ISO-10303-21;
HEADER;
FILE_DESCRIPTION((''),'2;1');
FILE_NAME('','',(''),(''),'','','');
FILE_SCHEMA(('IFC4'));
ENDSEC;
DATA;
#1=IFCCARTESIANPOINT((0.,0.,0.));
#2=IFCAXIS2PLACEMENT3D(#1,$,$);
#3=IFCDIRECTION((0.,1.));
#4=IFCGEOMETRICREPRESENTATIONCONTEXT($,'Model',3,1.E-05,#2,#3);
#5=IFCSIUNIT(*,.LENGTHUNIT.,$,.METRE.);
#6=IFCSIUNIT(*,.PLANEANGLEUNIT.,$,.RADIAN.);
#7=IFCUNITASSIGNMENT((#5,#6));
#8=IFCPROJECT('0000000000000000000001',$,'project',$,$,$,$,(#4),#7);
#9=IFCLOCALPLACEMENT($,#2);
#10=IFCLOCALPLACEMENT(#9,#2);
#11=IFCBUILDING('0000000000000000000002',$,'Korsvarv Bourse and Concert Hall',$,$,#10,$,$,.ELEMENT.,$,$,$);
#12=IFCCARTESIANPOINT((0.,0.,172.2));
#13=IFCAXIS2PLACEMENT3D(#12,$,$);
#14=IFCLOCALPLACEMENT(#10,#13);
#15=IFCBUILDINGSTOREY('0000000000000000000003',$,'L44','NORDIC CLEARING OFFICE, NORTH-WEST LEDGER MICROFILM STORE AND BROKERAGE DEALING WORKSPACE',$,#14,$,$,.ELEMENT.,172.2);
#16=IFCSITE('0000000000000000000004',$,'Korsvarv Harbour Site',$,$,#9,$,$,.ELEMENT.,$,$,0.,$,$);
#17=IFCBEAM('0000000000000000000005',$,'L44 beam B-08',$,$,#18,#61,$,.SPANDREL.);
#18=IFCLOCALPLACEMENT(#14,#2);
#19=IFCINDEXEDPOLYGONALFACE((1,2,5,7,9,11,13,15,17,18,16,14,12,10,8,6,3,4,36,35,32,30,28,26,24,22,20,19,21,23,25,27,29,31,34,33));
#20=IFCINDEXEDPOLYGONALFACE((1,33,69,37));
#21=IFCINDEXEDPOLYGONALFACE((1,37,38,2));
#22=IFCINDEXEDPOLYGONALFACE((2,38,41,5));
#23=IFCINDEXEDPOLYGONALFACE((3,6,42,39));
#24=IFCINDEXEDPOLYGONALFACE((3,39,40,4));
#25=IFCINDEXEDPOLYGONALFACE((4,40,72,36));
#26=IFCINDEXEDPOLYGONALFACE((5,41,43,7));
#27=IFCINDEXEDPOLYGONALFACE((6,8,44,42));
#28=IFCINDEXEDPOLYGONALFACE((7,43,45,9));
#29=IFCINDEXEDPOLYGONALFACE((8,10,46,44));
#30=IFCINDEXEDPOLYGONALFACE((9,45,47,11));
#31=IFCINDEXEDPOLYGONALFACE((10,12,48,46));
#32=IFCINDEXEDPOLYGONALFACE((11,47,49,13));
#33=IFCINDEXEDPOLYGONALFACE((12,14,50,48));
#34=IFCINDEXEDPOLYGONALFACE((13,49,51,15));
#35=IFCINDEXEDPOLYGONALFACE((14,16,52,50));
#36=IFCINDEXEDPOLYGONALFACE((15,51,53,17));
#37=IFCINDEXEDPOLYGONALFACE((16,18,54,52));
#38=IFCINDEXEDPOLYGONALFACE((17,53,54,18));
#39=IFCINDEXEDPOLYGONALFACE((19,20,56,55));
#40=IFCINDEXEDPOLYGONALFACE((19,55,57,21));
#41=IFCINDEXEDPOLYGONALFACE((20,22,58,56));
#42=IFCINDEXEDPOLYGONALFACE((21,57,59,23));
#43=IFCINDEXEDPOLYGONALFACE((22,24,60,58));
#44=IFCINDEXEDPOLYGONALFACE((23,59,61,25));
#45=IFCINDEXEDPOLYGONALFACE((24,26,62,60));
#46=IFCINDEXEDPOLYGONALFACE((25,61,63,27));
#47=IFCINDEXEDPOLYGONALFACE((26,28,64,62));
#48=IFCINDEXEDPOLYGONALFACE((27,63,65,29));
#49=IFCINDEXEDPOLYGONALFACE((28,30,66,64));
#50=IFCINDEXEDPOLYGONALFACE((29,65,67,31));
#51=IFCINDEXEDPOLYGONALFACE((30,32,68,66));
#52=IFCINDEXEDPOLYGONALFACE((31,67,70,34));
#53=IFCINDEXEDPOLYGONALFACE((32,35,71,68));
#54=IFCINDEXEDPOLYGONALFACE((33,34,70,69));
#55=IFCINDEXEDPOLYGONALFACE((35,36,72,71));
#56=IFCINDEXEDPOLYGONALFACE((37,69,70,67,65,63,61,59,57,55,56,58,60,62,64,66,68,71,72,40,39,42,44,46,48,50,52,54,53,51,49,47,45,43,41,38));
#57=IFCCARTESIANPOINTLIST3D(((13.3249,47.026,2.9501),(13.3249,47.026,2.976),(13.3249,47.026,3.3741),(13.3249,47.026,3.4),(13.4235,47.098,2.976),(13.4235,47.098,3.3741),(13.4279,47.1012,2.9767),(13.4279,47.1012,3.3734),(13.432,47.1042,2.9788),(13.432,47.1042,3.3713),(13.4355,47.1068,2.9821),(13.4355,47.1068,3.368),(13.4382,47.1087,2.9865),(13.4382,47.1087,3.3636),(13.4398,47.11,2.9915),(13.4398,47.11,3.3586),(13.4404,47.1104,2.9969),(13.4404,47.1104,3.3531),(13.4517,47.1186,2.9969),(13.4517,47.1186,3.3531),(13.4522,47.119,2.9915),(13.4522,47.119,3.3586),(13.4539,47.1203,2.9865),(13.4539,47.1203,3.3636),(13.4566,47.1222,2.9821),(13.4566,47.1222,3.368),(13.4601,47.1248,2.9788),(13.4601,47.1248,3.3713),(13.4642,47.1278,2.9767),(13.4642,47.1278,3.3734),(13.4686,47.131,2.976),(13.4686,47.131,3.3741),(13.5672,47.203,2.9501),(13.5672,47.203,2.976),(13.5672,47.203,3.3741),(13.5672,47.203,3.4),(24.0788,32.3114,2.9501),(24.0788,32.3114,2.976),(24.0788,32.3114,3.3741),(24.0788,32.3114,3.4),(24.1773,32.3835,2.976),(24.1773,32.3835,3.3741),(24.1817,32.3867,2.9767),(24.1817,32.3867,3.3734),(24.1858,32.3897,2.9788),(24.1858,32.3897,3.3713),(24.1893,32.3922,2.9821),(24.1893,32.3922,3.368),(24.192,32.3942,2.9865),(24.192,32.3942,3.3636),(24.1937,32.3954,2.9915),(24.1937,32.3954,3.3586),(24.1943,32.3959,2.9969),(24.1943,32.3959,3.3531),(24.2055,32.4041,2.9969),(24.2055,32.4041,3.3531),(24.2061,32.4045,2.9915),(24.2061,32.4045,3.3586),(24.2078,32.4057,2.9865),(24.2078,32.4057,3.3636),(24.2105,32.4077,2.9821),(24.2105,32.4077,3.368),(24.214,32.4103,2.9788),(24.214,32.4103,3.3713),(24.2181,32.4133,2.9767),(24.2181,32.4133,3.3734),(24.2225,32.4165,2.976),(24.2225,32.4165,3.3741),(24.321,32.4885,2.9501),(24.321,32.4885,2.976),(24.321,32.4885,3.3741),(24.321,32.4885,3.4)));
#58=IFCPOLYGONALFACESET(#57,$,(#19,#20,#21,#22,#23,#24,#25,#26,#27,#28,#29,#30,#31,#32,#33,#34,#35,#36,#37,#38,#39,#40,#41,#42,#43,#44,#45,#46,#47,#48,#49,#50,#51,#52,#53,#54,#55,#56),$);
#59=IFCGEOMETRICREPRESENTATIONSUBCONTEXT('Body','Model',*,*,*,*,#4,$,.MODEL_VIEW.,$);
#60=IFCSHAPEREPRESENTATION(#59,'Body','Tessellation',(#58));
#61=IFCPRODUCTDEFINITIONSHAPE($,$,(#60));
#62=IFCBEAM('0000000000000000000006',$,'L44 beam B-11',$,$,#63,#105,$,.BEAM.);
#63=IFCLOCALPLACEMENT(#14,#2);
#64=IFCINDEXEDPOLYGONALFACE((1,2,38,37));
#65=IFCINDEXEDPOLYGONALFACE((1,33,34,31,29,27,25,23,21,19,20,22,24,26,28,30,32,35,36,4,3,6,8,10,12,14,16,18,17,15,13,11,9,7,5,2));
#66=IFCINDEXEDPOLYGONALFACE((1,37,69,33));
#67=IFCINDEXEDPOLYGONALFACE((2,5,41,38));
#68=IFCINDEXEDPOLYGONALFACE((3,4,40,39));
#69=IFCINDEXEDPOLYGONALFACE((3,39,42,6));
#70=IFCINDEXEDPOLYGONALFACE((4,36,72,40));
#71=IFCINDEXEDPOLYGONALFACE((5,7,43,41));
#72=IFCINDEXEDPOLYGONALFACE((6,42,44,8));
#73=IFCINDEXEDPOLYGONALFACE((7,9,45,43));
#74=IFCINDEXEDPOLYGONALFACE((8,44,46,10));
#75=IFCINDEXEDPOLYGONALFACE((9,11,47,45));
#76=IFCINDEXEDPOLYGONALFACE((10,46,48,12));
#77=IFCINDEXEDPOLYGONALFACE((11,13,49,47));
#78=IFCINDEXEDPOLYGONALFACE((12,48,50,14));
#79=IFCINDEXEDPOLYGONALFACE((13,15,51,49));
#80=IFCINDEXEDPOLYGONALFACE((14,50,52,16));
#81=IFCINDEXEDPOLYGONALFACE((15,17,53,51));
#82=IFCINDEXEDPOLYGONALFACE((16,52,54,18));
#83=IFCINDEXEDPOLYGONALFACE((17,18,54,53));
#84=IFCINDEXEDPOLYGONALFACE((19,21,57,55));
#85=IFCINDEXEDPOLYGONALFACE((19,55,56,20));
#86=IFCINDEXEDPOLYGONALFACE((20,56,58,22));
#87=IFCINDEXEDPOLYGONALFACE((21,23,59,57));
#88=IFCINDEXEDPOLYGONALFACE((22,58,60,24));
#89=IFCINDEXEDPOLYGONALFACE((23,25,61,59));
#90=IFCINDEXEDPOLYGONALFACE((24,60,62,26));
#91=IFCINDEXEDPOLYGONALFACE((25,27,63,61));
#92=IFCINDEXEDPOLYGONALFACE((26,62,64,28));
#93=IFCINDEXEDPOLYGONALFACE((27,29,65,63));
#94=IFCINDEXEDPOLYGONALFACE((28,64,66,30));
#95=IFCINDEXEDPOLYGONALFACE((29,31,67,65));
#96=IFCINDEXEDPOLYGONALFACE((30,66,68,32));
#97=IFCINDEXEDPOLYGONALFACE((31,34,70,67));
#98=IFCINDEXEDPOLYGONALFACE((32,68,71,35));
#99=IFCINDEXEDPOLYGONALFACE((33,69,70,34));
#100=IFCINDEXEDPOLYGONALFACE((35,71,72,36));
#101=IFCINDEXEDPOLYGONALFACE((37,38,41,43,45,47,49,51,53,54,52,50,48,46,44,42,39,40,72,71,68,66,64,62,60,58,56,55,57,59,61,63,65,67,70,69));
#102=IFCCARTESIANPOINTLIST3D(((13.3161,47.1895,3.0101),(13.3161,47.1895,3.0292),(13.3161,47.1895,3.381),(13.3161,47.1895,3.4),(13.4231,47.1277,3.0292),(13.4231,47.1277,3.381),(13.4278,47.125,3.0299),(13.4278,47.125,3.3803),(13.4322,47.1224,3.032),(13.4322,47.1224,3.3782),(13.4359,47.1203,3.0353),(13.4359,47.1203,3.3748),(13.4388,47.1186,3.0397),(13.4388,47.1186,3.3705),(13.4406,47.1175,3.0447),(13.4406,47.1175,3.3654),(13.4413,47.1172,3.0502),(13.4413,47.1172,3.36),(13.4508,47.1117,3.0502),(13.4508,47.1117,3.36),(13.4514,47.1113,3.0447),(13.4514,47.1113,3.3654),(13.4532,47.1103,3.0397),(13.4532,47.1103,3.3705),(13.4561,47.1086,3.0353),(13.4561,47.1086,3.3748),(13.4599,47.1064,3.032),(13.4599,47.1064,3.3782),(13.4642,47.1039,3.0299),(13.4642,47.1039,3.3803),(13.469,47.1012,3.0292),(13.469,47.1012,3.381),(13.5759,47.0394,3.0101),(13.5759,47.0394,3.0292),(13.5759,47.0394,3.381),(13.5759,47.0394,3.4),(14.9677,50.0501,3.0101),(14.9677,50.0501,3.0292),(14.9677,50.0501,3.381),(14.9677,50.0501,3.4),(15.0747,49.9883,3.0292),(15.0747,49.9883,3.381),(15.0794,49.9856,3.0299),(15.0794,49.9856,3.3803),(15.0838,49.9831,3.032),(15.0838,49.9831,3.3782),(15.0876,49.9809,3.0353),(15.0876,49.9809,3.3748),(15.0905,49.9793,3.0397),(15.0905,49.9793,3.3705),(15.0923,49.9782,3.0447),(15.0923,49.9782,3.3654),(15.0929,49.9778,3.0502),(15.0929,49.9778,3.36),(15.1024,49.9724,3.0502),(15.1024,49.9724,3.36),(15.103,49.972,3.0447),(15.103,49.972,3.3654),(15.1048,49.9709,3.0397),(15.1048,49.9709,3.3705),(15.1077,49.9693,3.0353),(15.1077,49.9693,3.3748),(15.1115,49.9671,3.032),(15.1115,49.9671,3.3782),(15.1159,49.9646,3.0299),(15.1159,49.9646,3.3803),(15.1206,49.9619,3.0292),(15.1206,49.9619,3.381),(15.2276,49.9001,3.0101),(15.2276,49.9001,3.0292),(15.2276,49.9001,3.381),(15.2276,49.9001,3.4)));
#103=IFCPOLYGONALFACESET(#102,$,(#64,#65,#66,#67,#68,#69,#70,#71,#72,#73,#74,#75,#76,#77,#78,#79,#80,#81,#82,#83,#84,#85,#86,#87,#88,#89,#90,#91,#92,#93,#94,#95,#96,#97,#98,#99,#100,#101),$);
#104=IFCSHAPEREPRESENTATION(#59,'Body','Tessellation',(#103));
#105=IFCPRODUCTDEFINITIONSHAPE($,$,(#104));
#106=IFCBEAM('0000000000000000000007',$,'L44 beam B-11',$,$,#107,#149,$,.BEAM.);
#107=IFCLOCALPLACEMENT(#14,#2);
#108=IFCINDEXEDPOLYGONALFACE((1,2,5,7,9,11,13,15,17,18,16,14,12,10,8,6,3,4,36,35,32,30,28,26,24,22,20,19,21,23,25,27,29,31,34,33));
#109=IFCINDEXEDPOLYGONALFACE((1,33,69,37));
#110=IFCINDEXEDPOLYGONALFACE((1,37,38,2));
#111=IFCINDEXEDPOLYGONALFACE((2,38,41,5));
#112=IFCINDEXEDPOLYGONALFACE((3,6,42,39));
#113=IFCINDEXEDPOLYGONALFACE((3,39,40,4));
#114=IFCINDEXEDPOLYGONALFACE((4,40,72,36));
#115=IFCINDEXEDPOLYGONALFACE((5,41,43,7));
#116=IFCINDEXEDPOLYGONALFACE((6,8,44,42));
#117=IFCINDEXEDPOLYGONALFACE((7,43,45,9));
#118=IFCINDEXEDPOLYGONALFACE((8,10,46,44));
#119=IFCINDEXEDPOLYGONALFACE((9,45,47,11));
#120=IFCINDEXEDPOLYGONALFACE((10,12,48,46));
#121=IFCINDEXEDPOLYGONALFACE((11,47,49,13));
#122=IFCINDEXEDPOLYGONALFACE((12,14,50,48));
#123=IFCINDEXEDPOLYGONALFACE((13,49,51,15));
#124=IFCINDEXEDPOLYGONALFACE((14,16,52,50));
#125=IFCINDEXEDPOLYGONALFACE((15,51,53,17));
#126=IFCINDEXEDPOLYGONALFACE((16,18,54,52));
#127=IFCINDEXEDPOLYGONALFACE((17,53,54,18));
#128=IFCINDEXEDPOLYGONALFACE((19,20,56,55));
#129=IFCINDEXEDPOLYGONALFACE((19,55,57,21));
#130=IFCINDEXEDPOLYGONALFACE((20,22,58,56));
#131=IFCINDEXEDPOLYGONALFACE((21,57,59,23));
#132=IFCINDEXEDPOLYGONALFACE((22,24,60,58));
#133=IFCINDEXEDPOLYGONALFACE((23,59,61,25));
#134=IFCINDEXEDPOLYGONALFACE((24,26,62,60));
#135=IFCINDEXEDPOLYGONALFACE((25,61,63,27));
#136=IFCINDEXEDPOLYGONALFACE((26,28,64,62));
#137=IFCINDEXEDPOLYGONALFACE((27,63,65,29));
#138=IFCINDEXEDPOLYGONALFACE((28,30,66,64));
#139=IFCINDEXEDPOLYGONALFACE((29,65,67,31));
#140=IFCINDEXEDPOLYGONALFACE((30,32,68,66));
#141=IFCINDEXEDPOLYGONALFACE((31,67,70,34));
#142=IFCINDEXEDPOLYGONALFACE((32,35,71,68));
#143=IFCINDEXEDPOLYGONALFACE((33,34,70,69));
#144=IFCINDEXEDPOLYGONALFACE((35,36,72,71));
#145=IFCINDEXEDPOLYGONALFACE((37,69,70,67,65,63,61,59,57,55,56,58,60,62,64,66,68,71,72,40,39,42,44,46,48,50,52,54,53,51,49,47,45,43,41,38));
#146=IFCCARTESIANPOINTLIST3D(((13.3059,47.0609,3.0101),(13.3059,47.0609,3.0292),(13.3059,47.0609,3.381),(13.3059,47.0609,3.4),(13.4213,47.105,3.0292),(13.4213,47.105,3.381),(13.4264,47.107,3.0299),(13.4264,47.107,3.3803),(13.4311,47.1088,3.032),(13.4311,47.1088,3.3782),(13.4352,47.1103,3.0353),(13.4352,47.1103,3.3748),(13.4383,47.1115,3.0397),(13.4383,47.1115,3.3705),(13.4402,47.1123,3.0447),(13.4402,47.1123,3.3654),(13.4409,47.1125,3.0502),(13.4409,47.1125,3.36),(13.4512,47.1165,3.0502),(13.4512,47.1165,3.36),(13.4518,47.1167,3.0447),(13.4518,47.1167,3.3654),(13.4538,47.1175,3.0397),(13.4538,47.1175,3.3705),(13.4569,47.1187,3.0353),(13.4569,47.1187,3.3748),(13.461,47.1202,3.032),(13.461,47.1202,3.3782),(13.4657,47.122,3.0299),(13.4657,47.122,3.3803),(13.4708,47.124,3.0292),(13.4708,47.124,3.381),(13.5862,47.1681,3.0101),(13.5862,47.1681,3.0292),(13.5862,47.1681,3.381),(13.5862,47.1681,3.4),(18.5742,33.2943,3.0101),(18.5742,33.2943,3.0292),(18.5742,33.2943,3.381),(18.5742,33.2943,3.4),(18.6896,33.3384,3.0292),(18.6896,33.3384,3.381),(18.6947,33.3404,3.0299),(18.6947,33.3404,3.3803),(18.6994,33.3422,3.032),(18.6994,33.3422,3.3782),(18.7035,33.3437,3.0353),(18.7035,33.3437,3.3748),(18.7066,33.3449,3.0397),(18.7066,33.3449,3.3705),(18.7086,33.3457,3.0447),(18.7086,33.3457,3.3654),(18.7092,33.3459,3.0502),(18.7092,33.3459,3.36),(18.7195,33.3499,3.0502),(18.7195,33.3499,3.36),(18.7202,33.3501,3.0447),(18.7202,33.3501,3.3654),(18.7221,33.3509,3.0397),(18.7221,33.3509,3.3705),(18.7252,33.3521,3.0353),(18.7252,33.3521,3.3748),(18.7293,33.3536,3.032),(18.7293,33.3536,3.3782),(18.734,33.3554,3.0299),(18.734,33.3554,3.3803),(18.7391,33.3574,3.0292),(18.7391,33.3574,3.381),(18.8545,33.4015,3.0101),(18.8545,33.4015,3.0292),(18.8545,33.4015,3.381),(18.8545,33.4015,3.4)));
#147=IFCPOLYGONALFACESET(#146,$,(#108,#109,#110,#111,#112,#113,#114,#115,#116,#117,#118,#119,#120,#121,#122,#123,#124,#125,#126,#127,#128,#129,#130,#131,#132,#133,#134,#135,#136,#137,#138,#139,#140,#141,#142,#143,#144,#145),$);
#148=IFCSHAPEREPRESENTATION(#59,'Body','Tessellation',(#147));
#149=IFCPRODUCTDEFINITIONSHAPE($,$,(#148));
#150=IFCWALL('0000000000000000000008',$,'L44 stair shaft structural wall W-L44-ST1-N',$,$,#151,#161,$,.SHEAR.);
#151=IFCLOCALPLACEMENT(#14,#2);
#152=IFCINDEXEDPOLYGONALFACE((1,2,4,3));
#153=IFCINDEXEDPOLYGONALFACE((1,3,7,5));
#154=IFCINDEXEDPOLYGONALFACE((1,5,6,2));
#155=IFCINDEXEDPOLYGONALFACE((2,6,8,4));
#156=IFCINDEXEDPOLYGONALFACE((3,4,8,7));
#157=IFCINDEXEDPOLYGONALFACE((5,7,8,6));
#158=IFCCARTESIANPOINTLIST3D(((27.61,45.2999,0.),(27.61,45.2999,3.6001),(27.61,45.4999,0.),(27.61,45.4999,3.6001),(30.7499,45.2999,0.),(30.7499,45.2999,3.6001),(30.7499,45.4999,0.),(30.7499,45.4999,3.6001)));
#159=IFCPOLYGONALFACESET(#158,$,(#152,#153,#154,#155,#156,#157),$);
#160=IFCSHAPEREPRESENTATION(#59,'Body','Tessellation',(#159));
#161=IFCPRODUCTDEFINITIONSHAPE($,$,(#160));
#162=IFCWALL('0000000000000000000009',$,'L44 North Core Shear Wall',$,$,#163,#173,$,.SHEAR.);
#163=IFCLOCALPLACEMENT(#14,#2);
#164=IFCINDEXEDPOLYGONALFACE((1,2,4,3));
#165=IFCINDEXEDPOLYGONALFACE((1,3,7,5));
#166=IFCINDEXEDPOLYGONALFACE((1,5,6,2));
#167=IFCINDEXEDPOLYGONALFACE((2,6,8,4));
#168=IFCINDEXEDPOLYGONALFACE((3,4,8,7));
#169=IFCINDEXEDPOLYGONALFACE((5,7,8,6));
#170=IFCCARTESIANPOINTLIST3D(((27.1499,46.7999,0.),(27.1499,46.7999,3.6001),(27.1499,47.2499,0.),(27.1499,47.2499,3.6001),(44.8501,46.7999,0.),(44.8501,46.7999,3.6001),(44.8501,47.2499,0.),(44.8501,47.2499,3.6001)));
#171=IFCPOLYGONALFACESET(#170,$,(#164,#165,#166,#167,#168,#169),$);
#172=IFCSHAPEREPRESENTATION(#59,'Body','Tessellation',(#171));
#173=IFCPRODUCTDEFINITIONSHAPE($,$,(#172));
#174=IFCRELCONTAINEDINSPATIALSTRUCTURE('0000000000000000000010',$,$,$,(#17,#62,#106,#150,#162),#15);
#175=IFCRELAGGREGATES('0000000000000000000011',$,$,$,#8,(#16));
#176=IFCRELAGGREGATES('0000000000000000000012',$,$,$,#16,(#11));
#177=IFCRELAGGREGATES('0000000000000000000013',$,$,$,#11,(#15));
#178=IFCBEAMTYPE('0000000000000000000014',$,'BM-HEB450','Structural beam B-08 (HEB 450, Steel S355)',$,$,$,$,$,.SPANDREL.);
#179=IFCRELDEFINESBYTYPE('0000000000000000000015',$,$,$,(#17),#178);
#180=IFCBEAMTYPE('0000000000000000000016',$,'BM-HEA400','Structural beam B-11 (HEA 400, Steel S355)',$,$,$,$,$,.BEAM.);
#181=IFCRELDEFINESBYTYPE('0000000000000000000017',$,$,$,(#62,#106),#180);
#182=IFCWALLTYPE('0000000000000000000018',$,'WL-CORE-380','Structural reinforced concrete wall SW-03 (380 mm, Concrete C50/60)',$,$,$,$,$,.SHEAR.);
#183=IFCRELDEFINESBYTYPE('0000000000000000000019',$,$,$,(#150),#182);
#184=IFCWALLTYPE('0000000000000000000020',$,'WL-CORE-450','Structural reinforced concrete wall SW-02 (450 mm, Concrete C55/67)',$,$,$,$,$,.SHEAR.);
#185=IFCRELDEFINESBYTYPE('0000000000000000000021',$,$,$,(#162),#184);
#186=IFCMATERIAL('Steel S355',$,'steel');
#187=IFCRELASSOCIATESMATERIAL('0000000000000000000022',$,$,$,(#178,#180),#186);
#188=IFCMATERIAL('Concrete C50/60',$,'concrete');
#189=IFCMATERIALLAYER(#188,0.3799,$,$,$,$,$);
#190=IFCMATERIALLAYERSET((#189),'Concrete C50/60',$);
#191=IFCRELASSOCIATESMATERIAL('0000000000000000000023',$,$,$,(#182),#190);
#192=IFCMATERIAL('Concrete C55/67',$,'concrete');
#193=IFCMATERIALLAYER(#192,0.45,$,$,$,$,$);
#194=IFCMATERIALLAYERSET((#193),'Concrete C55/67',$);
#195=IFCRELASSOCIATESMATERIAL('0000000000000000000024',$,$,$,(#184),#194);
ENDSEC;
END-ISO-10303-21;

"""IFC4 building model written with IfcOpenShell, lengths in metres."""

from ifc_helpers import new_model, si_unit, direction, frame, frame_2d, origin, origin_2d, place, context, subcontext, project, spatial, rectangle, i_section, extrude, source, transform, mapped, material, layer, layer_set, material_profile, profile_set, type_object, element, save


model = new_model("IFC4")

# Units and contexts
model_context = context("Model", 3, precision=1e-05, world=origin(), true_north=direction((0.0, 1.0)))
body_context = subcontext(model_context, "Body", "Model", "MODEL_VIEW")
ifc_project = project(units=[si_unit("LENGTHUNIT", "METRE"), si_unit("PLANEANGLEUNIT", "RADIAN")], contexts=[model_context])

# Site, building, storey
site_placement = place(None, origin())
site = spatial("IfcSite", under=ifc_project, at=site_placement, Name="Korsvarv Harbour Site", CompositionType="ELEMENT", RefElevation=0.0)
building_placement = place(site_placement, origin())
building = spatial("IfcBuilding", under=site, at=building_placement, Name="Korsvarv Bourse and Concert Hall", CompositionType="ELEMENT")
storey_placement = place(building_placement, frame((0.0, 0.0, 172.2)))
storey = spatial("IfcBuildingStorey", under=building, at=storey_placement, Name="L44", Description="NORDIC CLEARING OFFICE, NORTH-WEST LEDGER MICROFILM STORE AND BROKERAGE DEALING WORKSPACE", CompositionType="ELEMENT", Elevation=172.2)

# Shared definitions
ifc_material_1 = material(Name="Concrete C55/67", Category="concrete")
ifc_material_2 = material(Name="Steel S355", Category="steel")

# Beams
ifc_material_profile_1 = material_profile(ifc_material_2, i_section(OverallWidth=0.3, OverallDepth=0.45, WebThickness=0.0139, FlangeThickness=0.0259, FilletRadius=0.021, at=origin_2d()), Name="HEB 450")
ifc_profile_set_1 = profile_set([ifc_material_profile_1], Name="Steel S355")
beam_type_1 = type_object("IfcBeamType", Name="BM-HEB450", Description="Structural beam B-08 (HEB 450, Steel S355)", PredefinedType="SPANDREL", material=ifc_profile_set_1)
shared_shape_1 = source(origin(), body_context, "Body", "SweptSolid", [
    extrude(i_section(OverallWidth=0.3, OverallDepth=0.45, WebThickness=0.0139, FlangeThickness=0.0259, FilletRadius=0.021, at=origin_2d()), origin(), (0.0, 0.0, 1.0), 18.2253),
])
beam_1_placement = place(storey_placement, frame((13.446, 47.1145, 3.175), z_axis=(0.59005, -0.807367, 0.0), x_axis=(0.807367, 0.59005, 0.0)))
element("IfcBeam", 1, at=beam_1_placement, inside=storey, type_object=beam_type_1, Name="L44 beam B-08", PredefinedType="SPANDREL", context=body_context, shape_type="MappedRepresentation", body=[
    mapped(shared_shape_1, transform((0.0, 0.0, 0.0), scale=1.0)),
])
ifc_material_profile_2 = material_profile(ifc_material_2, i_section(OverallWidth=0.3, OverallDepth=0.3899, WebThickness=0.011, FlangeThickness=0.019, FilletRadius=0.021, at=origin_2d()), Name="HEA 400")
ifc_profile_set_2 = profile_set([ifc_material_profile_2], Name="Steel S355")
beam_type_2 = type_object("IfcBeamType", Name="BM-HEA400", Description="Structural beam B-11 (HEA 400, Steel S355)", PredefinedType="BEAM", material=ifc_profile_set_2)
shared_shape_2 = source(origin(), body_context, "Body", "SweptSolid", [
    extrude(i_section(OverallWidth=0.3, OverallDepth=0.3899, WebThickness=0.011, FlangeThickness=0.019, FilletRadius=0.021, at=origin_2d()), origin(), (0.0, 0.0, 1.0), 3.3032),
])
beam_2_placement = place(storey_placement, frame((15.0977, 49.9751, 3.2051), z_axis=(-0.50001, -0.866019, 0.0), x_axis=(0.866019, -0.50001, 0.0)))
element("IfcBeam", 2, at=beam_2_placement, inside=storey, type_object=beam_type_2, Name="L44 beam B-11", PredefinedType="BEAM", context=body_context, shape_type="MappedRepresentation", body=[
    mapped(shared_shape_2, transform((0.0, 0.0, 0.0), scale=1.0)),
])
shared_shape_3 = source(origin(), body_context, "Body", "SweptSolid", [
    extrude(i_section(OverallWidth=0.3, OverallDepth=0.3899, WebThickness=0.011, FlangeThickness=0.019, FilletRadius=0.021, at=origin_2d()), origin(), (0.0, 0.0, 1.0), 14.7402),
])
beam_3_placement = place(storey_placement, frame((13.446, 47.1145, 3.2051), z_axis=(0.35741, -0.933947, 0.0), x_axis=(0.933947, 0.35741, 0.0)))
element("IfcBeam", 3, at=beam_3_placement, inside=storey, type_object=beam_type_2, Name="L44 beam B-11", PredefinedType="BEAM", context=body_context, shape_type="MappedRepresentation", body=[
    mapped(shared_shape_3, transform((0.0, 0.0, 0.0), scale=1.0)),
])

# Walls
ifc_material_3 = material(Name="Concrete C50/60", Category="concrete")
ifc_layer_1 = layer(ifc_material_3, 0.3799)
ifc_layer_set_1 = layer_set([ifc_layer_1], Name="Concrete C50/60")
wall_type_1 = type_object("IfcWallType", Name="WL-CORE-380", Description="Structural reinforced concrete wall SW-03 (380 mm, Concrete C50/60)", PredefinedType="SHEAR", material=ifc_layer_set_1)
wall_1_placement = place(storey_placement, frame((27.6101, 45.3999, 0.0), z_axis=(0.0, 0.0, 1.0), x_axis=(1.0, 0.0, 0.0)))
element("IfcWall", 4, at=wall_1_placement, inside=storey, type_object=wall_type_1, Name="L44 stair shaft structural wall W-L44-ST1-N", PredefinedType="SHEAR", context=body_context, shape_type="SweptSolid", body=[
    extrude(rectangle(XDim=3.1399, YDim=0.2, at=frame_2d((1.5698, 0.0))), origin(), (0.0, 0.0, 1.0), 3.6001),
])
ifc_layer_2 = layer(ifc_material_1, 0.45)
ifc_layer_set_2 = layer_set([ifc_layer_2], Name="Concrete C55/67")
wall_type_2 = type_object("IfcWallType", Name="WL-CORE-450", Description="Structural reinforced concrete wall SW-02 (450 mm, Concrete C55/67)", PredefinedType="SHEAR", material=ifc_layer_set_2)
wall_2_placement = place(storey_placement, frame((27.1499, 47.0249, 0.0), z_axis=(0.0, 0.0, 1.0), x_axis=(1.0, 0.0, 0.0)))
element("IfcWall", 5, at=wall_2_placement, inside=storey, type_object=wall_type_2, Name="L44 North Core Shear Wall", PredefinedType="SHEAR", context=body_context, shape_type="SweptSolid", body=[
    extrude(rectangle(XDim=17.7002, YDim=0.45, at=frame_2d((8.8501, 0.0))), origin(), (0.0, 0.0, 1.0), 3.6001),
])

save(model, "model.ifc")
